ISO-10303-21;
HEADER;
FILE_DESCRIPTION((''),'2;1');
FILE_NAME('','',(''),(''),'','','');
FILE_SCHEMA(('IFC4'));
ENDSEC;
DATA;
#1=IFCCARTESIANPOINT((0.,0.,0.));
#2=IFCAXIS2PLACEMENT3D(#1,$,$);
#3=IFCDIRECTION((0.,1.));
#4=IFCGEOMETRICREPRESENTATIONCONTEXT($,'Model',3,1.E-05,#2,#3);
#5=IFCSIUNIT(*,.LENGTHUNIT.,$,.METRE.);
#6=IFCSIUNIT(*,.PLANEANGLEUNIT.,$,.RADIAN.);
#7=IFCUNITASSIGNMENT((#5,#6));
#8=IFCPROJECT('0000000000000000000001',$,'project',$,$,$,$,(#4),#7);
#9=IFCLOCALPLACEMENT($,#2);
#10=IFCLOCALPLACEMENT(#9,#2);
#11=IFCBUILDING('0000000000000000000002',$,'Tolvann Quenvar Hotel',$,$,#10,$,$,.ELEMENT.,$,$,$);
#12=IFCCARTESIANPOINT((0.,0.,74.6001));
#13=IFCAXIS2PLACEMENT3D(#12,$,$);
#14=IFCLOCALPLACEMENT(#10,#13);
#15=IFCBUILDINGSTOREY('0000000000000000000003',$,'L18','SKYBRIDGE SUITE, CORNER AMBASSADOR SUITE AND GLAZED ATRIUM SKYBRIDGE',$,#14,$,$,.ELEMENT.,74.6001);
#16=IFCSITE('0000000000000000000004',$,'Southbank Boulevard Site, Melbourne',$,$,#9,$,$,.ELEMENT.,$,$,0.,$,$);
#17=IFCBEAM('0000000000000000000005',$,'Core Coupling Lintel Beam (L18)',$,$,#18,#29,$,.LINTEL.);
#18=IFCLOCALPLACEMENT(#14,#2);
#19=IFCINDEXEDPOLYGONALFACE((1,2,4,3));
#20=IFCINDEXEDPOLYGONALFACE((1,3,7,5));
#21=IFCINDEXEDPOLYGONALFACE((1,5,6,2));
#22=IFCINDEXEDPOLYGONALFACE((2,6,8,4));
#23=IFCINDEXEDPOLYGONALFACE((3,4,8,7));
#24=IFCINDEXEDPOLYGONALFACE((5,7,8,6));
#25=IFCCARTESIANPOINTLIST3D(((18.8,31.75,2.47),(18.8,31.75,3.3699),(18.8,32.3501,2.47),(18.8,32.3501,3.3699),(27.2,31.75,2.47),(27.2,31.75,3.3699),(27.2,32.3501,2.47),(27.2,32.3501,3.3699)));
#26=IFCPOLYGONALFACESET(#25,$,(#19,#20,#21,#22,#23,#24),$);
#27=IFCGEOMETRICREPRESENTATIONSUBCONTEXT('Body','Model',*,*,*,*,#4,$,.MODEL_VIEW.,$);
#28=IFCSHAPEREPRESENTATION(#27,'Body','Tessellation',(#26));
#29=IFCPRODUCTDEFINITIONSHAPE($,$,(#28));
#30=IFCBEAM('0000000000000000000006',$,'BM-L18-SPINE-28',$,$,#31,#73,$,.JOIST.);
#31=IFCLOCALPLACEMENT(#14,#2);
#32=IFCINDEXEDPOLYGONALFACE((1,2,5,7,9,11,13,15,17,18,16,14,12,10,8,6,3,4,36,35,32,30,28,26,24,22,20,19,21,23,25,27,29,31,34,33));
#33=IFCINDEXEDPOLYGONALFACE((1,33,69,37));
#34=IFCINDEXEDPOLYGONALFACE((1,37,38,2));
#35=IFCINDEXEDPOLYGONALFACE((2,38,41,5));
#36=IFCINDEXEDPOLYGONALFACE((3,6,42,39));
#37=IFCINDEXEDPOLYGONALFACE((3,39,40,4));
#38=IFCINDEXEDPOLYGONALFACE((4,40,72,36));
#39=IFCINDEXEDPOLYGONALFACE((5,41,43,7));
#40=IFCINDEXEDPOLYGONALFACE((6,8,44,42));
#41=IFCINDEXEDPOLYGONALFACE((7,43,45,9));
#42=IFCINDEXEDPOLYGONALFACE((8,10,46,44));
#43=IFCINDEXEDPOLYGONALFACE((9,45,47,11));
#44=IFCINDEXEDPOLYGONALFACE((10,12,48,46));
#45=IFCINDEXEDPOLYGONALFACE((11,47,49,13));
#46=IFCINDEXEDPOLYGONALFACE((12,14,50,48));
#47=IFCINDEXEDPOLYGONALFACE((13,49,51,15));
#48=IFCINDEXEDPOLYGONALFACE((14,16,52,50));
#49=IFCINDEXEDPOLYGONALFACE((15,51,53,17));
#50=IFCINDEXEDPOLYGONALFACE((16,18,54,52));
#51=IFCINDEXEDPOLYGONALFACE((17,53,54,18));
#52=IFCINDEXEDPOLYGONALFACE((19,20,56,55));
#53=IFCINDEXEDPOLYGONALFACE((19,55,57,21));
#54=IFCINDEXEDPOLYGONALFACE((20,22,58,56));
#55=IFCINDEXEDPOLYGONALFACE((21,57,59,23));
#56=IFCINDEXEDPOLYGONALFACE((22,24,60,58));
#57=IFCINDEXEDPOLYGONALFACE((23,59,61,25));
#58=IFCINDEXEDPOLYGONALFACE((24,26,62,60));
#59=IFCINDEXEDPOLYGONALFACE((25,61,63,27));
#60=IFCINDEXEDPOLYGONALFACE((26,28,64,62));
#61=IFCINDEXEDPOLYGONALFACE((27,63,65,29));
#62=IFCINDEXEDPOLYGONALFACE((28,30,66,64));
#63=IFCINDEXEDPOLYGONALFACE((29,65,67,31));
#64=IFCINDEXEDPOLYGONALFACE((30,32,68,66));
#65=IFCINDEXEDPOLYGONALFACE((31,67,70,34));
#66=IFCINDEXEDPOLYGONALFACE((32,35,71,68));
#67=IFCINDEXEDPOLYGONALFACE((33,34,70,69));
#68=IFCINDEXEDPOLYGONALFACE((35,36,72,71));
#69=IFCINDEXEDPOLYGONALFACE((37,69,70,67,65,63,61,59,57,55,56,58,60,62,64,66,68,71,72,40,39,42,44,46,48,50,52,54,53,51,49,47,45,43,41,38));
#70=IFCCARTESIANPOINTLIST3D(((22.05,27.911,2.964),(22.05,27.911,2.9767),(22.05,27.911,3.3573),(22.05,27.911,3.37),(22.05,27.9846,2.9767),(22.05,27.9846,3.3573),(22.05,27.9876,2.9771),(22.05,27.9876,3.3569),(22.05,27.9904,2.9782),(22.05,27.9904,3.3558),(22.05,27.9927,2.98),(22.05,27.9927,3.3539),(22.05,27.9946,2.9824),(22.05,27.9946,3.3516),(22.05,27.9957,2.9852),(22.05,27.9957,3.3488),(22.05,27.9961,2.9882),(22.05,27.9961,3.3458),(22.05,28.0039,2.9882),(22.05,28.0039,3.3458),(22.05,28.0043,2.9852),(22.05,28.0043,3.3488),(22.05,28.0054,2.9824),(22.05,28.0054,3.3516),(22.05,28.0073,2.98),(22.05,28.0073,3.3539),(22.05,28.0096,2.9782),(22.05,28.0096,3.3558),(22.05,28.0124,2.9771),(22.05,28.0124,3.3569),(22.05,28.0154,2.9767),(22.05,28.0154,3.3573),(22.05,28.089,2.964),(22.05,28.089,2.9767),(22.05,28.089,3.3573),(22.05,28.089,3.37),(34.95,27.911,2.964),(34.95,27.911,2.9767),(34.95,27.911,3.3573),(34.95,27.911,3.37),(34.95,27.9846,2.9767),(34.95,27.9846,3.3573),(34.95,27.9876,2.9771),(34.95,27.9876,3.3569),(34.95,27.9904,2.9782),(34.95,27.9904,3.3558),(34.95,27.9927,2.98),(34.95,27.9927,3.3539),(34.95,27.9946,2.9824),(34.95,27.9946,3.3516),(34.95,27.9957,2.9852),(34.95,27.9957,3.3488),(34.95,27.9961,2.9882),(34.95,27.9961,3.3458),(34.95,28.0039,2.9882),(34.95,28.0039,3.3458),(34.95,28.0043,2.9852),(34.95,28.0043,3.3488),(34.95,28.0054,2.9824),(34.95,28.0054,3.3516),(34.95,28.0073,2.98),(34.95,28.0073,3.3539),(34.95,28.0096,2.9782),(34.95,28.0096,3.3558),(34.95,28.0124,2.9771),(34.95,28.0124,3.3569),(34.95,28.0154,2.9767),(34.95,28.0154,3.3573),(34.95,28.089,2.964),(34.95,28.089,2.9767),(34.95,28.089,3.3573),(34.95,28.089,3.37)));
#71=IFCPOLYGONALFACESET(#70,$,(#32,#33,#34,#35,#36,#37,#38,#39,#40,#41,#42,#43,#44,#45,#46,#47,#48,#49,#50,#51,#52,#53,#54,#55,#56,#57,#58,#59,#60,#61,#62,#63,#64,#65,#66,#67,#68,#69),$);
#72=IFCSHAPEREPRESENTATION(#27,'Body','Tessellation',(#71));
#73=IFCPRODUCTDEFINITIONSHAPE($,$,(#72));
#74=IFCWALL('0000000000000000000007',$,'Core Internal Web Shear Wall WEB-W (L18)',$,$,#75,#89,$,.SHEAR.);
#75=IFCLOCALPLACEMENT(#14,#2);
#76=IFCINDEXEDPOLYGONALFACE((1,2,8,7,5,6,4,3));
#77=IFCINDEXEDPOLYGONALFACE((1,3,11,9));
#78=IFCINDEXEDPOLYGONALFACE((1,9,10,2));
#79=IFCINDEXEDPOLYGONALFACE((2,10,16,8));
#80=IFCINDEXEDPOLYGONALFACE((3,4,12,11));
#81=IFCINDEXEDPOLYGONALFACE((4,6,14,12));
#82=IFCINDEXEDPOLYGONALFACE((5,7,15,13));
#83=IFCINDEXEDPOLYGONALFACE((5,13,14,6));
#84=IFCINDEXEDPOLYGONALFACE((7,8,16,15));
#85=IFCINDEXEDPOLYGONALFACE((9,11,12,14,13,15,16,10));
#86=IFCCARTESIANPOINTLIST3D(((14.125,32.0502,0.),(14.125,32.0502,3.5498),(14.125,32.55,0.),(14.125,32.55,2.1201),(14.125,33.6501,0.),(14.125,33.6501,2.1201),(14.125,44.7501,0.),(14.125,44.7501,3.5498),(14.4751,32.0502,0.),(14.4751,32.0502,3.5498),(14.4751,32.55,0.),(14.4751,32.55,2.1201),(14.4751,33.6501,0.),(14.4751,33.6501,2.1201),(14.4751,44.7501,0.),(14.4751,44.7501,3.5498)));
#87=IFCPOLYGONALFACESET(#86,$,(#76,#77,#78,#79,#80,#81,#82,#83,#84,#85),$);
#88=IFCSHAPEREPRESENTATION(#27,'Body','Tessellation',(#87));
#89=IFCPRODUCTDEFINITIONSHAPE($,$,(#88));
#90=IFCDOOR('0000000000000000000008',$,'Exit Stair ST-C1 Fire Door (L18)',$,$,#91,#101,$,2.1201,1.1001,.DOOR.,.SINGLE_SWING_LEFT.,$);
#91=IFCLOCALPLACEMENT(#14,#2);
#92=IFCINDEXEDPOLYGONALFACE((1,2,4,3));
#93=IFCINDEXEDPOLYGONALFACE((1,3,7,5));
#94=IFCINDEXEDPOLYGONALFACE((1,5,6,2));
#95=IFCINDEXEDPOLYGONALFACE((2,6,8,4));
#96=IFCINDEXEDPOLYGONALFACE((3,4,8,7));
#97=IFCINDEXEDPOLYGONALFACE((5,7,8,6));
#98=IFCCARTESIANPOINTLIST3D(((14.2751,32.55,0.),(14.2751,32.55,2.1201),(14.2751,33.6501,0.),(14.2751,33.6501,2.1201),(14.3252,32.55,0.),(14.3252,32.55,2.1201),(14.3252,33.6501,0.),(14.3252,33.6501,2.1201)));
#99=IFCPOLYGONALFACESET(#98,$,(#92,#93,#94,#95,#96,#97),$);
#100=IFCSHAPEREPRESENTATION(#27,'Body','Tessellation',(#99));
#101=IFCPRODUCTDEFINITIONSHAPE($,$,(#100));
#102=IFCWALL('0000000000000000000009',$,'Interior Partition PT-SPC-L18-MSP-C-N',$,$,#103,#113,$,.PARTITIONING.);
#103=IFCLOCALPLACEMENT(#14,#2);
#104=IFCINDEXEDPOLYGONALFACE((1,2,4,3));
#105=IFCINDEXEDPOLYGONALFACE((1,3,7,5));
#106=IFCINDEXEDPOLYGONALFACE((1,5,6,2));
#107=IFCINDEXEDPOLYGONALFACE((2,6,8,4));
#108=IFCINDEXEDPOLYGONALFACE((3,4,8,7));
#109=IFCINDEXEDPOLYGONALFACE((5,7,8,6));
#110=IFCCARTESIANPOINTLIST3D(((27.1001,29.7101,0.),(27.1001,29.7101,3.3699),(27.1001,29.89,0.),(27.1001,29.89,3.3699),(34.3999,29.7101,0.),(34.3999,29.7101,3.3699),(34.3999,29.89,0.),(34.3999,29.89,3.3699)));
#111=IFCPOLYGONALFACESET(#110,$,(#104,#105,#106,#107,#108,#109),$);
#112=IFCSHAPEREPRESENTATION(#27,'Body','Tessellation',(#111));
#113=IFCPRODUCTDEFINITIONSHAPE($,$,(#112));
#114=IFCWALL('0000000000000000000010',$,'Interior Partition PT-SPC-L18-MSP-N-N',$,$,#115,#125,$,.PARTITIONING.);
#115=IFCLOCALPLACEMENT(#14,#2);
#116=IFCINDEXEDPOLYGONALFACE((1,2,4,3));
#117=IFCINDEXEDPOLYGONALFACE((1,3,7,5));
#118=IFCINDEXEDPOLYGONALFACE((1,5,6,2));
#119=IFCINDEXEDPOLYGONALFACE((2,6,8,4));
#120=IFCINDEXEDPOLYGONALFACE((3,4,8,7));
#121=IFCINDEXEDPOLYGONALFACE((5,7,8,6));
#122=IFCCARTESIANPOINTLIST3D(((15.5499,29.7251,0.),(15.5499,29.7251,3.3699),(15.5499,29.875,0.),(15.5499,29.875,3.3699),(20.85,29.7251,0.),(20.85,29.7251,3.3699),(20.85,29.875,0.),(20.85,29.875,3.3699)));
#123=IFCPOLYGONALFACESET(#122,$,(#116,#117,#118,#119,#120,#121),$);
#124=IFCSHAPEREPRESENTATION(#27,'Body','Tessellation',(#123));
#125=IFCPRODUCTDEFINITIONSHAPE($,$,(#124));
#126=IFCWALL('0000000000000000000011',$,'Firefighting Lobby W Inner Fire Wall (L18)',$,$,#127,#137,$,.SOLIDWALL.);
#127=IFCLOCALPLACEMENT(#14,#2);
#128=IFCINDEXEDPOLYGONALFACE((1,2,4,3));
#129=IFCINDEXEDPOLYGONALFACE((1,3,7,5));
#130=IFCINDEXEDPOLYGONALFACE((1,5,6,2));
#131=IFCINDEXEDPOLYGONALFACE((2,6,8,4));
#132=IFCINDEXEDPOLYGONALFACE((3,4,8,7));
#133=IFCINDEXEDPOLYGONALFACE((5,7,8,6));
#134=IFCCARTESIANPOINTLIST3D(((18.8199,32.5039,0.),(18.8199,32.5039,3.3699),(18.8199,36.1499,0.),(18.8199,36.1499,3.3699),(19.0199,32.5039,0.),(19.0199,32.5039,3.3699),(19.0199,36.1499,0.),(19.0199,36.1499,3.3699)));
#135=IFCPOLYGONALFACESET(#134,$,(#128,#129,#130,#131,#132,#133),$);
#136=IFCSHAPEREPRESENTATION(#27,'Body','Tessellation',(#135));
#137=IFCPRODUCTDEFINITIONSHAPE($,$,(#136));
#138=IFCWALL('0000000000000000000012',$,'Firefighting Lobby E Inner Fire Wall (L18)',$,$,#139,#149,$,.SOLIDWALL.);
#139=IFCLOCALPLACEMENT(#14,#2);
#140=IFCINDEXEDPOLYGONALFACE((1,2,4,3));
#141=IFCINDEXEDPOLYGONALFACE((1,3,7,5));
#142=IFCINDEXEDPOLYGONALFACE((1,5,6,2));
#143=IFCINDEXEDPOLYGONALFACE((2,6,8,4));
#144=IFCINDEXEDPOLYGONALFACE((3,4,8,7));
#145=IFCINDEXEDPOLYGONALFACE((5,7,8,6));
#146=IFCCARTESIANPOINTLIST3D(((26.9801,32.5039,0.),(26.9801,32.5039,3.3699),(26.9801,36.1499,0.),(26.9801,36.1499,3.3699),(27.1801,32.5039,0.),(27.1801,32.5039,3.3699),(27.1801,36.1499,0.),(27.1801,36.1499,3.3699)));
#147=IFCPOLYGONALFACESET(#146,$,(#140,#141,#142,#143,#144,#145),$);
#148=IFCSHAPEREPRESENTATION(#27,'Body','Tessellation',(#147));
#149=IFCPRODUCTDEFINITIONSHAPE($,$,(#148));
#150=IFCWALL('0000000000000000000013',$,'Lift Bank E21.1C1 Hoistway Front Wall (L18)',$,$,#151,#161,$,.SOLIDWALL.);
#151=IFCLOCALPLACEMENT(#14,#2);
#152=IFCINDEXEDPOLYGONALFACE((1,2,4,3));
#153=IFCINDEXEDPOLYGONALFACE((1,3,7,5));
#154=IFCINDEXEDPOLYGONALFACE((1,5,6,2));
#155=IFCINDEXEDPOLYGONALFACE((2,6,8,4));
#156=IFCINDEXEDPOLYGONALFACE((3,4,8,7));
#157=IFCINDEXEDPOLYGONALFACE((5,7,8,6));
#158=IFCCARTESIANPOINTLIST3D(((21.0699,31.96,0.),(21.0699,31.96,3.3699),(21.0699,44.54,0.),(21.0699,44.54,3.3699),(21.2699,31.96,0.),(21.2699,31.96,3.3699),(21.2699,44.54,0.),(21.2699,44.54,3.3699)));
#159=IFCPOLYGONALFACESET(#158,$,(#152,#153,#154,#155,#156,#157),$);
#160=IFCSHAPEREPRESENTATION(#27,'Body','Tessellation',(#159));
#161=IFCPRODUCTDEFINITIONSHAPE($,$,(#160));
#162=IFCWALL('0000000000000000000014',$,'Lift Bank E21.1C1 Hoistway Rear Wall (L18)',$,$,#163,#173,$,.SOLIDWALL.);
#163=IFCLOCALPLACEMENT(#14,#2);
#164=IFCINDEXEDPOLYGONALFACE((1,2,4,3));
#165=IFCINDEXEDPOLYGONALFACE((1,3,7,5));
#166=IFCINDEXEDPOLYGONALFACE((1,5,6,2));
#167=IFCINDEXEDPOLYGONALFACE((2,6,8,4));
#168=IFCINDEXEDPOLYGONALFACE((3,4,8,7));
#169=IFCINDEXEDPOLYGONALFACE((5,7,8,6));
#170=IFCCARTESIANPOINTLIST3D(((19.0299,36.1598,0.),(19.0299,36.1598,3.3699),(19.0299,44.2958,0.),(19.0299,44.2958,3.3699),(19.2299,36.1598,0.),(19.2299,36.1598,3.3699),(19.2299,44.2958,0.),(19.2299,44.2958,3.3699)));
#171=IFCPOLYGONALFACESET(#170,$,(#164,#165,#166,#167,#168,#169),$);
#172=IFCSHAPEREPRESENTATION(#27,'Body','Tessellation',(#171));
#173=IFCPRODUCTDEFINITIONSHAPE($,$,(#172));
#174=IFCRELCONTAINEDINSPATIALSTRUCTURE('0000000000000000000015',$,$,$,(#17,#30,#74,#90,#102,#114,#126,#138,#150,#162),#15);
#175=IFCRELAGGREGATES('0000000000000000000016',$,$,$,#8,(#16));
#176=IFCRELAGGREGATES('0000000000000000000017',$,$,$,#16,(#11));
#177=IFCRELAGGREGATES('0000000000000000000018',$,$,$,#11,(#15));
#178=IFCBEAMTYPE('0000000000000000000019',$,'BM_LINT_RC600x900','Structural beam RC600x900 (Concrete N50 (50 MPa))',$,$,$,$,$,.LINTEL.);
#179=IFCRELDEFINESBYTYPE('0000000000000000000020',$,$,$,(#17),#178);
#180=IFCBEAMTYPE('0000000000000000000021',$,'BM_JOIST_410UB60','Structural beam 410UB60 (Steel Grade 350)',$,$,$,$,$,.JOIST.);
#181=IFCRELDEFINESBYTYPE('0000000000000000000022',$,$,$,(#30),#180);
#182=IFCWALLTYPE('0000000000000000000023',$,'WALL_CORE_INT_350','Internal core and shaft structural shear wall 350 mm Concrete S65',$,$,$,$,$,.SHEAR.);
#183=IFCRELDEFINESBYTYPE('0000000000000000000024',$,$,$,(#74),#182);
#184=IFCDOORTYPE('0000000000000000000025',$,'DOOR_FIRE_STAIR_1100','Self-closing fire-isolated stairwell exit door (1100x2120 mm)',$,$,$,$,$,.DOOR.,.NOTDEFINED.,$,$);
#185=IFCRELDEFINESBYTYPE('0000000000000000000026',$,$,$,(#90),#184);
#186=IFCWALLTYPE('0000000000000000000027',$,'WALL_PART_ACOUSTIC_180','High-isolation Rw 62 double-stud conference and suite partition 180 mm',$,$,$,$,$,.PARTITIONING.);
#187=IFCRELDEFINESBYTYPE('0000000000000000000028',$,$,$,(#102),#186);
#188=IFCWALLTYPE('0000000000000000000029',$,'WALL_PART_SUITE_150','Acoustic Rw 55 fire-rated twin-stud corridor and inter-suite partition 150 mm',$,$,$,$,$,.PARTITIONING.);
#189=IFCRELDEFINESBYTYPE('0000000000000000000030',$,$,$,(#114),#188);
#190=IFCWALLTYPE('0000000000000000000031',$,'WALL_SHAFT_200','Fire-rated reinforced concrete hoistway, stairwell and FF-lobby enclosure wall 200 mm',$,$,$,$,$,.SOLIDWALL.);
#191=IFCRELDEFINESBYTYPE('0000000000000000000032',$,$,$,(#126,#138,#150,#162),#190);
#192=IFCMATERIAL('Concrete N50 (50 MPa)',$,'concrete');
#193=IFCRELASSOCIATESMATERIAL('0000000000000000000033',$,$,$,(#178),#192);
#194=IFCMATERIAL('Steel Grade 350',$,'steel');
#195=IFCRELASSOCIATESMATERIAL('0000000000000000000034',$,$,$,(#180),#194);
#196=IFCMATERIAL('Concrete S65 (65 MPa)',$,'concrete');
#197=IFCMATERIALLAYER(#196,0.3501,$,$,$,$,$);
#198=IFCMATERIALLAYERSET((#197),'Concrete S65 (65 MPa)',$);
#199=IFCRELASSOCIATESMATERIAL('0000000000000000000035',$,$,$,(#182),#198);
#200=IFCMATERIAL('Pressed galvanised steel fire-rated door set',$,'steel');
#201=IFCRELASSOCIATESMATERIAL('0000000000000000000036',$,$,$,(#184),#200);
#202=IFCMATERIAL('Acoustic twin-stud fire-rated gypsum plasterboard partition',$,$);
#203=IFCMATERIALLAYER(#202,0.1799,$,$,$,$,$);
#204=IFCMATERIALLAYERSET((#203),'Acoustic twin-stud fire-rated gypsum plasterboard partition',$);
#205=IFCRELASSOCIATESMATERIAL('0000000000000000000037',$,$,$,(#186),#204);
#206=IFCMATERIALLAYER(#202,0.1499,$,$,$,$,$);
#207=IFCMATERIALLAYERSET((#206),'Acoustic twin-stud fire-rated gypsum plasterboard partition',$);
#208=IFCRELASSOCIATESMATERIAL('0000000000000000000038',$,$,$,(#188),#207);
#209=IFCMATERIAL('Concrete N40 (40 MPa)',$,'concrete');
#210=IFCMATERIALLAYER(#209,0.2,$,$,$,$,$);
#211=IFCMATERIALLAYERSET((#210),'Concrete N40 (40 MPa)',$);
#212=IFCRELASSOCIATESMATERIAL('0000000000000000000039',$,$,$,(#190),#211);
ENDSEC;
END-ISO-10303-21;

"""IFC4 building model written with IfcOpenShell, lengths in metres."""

from ifc_helpers import new_model, si_unit, direction, frame, frame_2d, origin, origin_2d, place, context, subcontext, project, spatial, rectangle, i_section, extrude, source, transform, mapped, material, layer, layer_set, material_profile, profile_set, type_object, type_shapes, element, fill, save


model = new_model("IFC4")

# Units and contexts
model_context = context("Model", 3, precision=1e-05, world=origin(), true_north=direction((0.0, 1.0)))
body_context = subcontext(model_context, "Body", "Model", "MODEL_VIEW")
ifc_project = project(units=[si_unit("LENGTHUNIT", "METRE"), si_unit("PLANEANGLEUNIT", "RADIAN")], contexts=[model_context])

# Site, building, storey
site_placement = place(None, origin())
site = spatial("IfcSite", under=ifc_project, at=site_placement, Name="Southbank Boulevard Site, Melbourne", CompositionType="ELEMENT", RefElevation=0.0)
building_placement = place(site_placement, origin())
building = spatial("IfcBuilding", under=site, at=building_placement, Name="Tolvann Quenvar Hotel", CompositionType="ELEMENT")
storey_placement = place(building_placement, frame((0.0, 0.0, 74.6001)))
storey = spatial("IfcBuildingStorey", under=building, at=storey_placement, Name="L18", Description="SKYBRIDGE SUITE, CORNER AMBASSADOR SUITE AND GLAZED ATRIUM SKYBRIDGE", CompositionType="ELEMENT", Elevation=74.6001)

# Beams
ifc_material_1 = material(Name="Concrete N50 (50 MPa)", Category="concrete")
ifc_material_profile_1 = material_profile(ifc_material_1, rectangle(XDim=0.6001, YDim=0.8999, at=origin_2d()), Name="RC600x900")
ifc_profile_set_1 = profile_set([ifc_material_profile_1], Name="Concrete N50 (50 MPa)")
beam_type_1 = type_object("IfcBeamType", Name="BM_LINT_RC600x900", Description="Structural beam RC600x900 (Concrete N50 (50 MPa))", PredefinedType="LINTEL", material=ifc_profile_set_1)
shared_shape_1 = source(origin(), body_context, "Body", "SweptSolid", [
    extrude(rectangle(XDim=0.6001, YDim=0.8999, at=origin_2d()), origin(), (0.0, 0.0, 1.0), 8.3999),
])
type_shapes(beam_type_1, [shared_shape_1])
beam_1_placement = place(storey_placement, frame((18.8, 32.05, 2.9199), z_axis=(1.0, 0.0, 0.0), x_axis=(0.0, 1.0, 0.0)))
element("IfcBeam", 1, at=beam_1_placement, inside=storey, type_object=beam_type_1, Name="Core Coupling Lintel Beam (L18)", PredefinedType="LINTEL", context=body_context, shape_type="MappedRepresentation", body=[
    mapped(shared_shape_1, transform((0.0, 0.0, 0.0), x_axis=(1.0, 0.0, 0.0), y_axis=(0.0, 1.0, 0.0), z_axis=(0.0, 0.0, 1.0), scale=1.0)),
])
ifc_material_2 = material(Name="Steel Grade 350", Category="steel")
ifc_material_profile_2 = material_profile(ifc_material_2, i_section(OverallWidth=0.178, OverallDepth=0.406, WebThickness=0.0078, FlangeThickness=0.0127, FilletRadius=0.0115, at=origin_2d()), Name="410UB60")
ifc_profile_set_2 = profile_set([ifc_material_profile_2], Name="Steel Grade 350")
beam_type_2 = type_object("IfcBeamType", Name="BM_JOIST_410UB60", Description="Structural beam 410UB60 (Steel Grade 350)", PredefinedType="JOIST", material=ifc_profile_set_2)
shared_shape_2 = source(origin(), body_context, "Body", "SweptSolid", [
    extrude(i_section(OverallWidth=0.178, OverallDepth=0.406, WebThickness=0.0078, FlangeThickness=0.0127, FilletRadius=0.0115, at=origin_2d()), origin(), (0.0, 0.0, 1.0), 12.8999),
])
type_shapes(beam_type_2, [shared_shape_2])
beam_2_placement = place(storey_placement, frame((22.05, 28.0, 3.167), z_axis=(1.0, 0.0, 0.0), x_axis=(0.0, 1.0, 0.0)))
element("IfcBeam", 2, at=beam_2_placement, inside=storey, type_object=beam_type_2, Name="BM-L18-SPINE-28", PredefinedType="JOIST", context=body_context, shape_type="MappedRepresentation", body=[
    mapped(shared_shape_2, transform((0.0, 0.0, 0.0), x_axis=(1.0, 0.0, 0.0), y_axis=(0.0, 1.0, 0.0), z_axis=(0.0, 0.0, 1.0), scale=1.0)),
])

# Wall, opening, door
ifc_material_3 = material(Name="Concrete S65 (65 MPa)", Category="concrete")
ifc_layer_1 = layer(ifc_material_3, 0.3501)
ifc_layer_set_1 = layer_set([ifc_layer_1], Name="Concrete S65 (65 MPa)")
wall_type_1 = type_object("IfcWallType", Name="WALL_CORE_INT_350", Description="Internal core and shaft structural shear wall 350 mm Concrete S65", PredefinedType="SHEAR", material=ifc_layer_set_1)
wall_1_placement = place(storey_placement, frame((14.3, 32.05, 0.0), z_axis=(0.0, 0.0, 1.0), x_axis=(0.0, 1.0, 0.0)))
wall_1 = element("IfcWall", 3, at=wall_1_placement, inside=storey, type_object=wall_type_1, Name="Core Internal Web Shear Wall WEB-W (L18)", PredefinedType="SHEAR", context=body_context, shape_type="SweptSolid", body=[
    extrude(rectangle(XDim=12.7, YDim=0.3501, at=frame_2d((6.3501, 0.0))), origin(), (0.0, 0.0, 1.0), 3.5498),
])
opening_1_placement = place(wall_1_placement, frame((0.5, 0.0, 0.0)))
opening_1 = element("IfcOpeningElement", 4, at=opening_1_placement, cuts=wall_1, PredefinedType="OPENING", context=body_context, shape_type="SweptSolid", body=[
    extrude(rectangle(XDim=1.1001, YDim=2.1201, at=frame_2d((0.55, 1.0601))), frame((0.0, 0.1851, 0.0), z_axis=(0.0, -1.0, 0.0), x_axis=(1.0, 0.0, 0.0)), (0.0, 0.0, 1.0), 0.3701),
])
ifc_material_4 = material(Name="Pressed galvanised steel fire-rated door set", Category="steel")
door_type_1 = type_object("IfcDoorType", Name="DOOR_FIRE_STAIR_1100", Description="Self-closing fire-isolated stairwell exit door (1100x2120 mm)", OperationType="NOTDEFINED", PredefinedType="DOOR", material=ifc_material_4)
shared_shape_3 = source(origin(), body_context, "Body", "SweptSolid", [
    extrude(rectangle(XDim=1.1001, YDim=2.1201, at=frame_2d((0.55, 1.0601))), frame((0.0, 0.0249, 0.0), z_axis=(0.0, -1.0, 0.0), x_axis=(1.0, 0.0, 0.0)), (0.0, 0.0, 1.0), 0.05),
])
type_shapes(door_type_1, [shared_shape_3])
door_1_placement = place(opening_1_placement, origin())
door_1 = element("IfcDoor", 5, at=door_1_placement, inside=storey, type_object=door_type_1, Name="Exit Stair ST-C1 Fire Door (L18)", OperationType="SINGLE_SWING_LEFT", OverallHeight=2.1201, OverallWidth=1.1001, PredefinedType="DOOR", context=body_context, shape_type="MappedRepresentation", body=[
    mapped(shared_shape_3, transform((0.0, 0.0, 0.0), x_axis=(1.0, 0.0, 0.0), y_axis=(0.0, 1.0, 0.0), z_axis=(0.0, 0.0, 1.0), scale=1.0)),
])
fill(opening_1, door_1)

# Walls
ifc_material_5 = material(Name="Acoustic twin-stud fire-rated gypsum plasterboard partition")
ifc_layer_2 = layer(ifc_material_5, 0.1799)
ifc_layer_set_2 = layer_set([ifc_layer_2], Name="Acoustic twin-stud fire-rated gypsum plasterboard partition")
wall_type_2 = type_object("IfcWallType", Name="WALL_PART_ACOUSTIC_180", Description="High-isolation Rw 62 double-stud conference and suite partition 180 mm", PredefinedType="PARTITIONING", material=ifc_layer_set_2)
wall_2_placement = place(storey_placement, frame((27.1001, 29.8, 0.0), z_axis=(0.0, 0.0, 1.0), x_axis=(1.0, 0.0, 0.0)))
element("IfcWall", 6, at=wall_2_placement, inside=storey, type_object=wall_type_2, Name="Interior Partition PT-SPC-L18-MSP-C-N", PredefinedType="PARTITIONING", context=body_context, shape_type="SweptSolid", body=[
    extrude(rectangle(XDim=7.2998, YDim=0.1799, at=frame_2d((3.6499, 0.0))), origin(), (0.0, 0.0, 1.0), 3.3699),
])
ifc_layer_3 = layer(ifc_material_5, 0.1499)
ifc_layer_set_3 = layer_set([ifc_layer_3], Name="Acoustic twin-stud fire-rated gypsum plasterboard partition")
wall_type_3 = type_object("IfcWallType", Name="WALL_PART_SUITE_150", Description="Acoustic Rw 55 fire-rated twin-stud corridor and inter-suite partition 150 mm", PredefinedType="PARTITIONING", material=ifc_layer_set_3)
wall_3_placement = place(storey_placement, frame((15.55, 29.8, 0.0), z_axis=(0.0, 0.0, 1.0), x_axis=(1.0, 0.0, 0.0)))
element("IfcWall", 7, at=wall_3_placement, inside=storey, type_object=wall_type_3, Name="Interior Partition PT-SPC-L18-MSP-N-N", PredefinedType="PARTITIONING", context=body_context, shape_type="SweptSolid", body=[
    extrude(rectangle(XDim=5.3, YDim=0.1499, at=frame_2d((2.6499, 0.0))), origin(), (0.0, 0.0, 1.0), 3.3699),
])
ifc_material_6 = material(Name="Concrete N40 (40 MPa)", Category="concrete")
ifc_layer_4 = layer(ifc_material_6, 0.2)
ifc_layer_set_4 = layer_set([ifc_layer_4], Name="Concrete N40 (40 MPa)")
wall_type_4 = type_object("IfcWallType", Name="WALL_SHAFT_200", Description="Fire-rated reinforced concrete hoistway, stairwell and FF-lobby enclosure wall 200 mm", PredefinedType="SOLIDWALL", material=ifc_layer_set_4)
for number, where, z_axis, x_axis, name in (
    (8, (18.9199, 32.5039, 0.0), (0.0, 0.0, 1.0), (0.0, 1.0, 0.0), "Firefighting Lobby W Inner Fire Wall (L18)"),
    (9, (27.0801, 32.5039, 0.0), (0.0, 0.0, 1.0), (0.0, 1.0, 0.0), "Firefighting Lobby E Inner Fire Wall (L18)"),
):
    element("IfcWall", number, at=place(storey_placement, frame(where, z_axis=z_axis, x_axis=x_axis)), inside=storey, type_object=wall_type_4, Name=name, PredefinedType="SOLIDWALL", context=body_context, shape_type="SweptSolid", body=[
        extrude(rectangle(XDim=3.646, YDim=0.2, at=frame_2d((1.823, 0.0))), origin(), (0.0, 0.0, 1.0), 3.3699),
    ])
wall_4_placement = place(storey_placement, frame((21.1699, 31.96, 0.0), z_axis=(0.0, 0.0, 1.0), x_axis=(0.0, 1.0, 0.0)))
element("IfcWall", 10, at=wall_4_placement, inside=storey, type_object=wall_type_4, Name="Lift Bank E21.1C1 Hoistway Front Wall (L18)", PredefinedType="SOLIDWALL", context=body_context, shape_type="SweptSolid", body=[
    extrude(rectangle(XDim=12.5801, YDim=0.2, at=frame_2d((6.29, 0.0))), origin(), (0.0, 0.0, 1.0), 3.3699),
])
wall_5_placement = place(storey_placement, frame((19.1299, 36.1599, 0.0), z_axis=(0.0, 0.0, 1.0), x_axis=(0.0, 1.0, 0.0)))
element("IfcWall", 11, at=wall_5_placement, inside=storey, type_object=wall_type_4, Name="Lift Bank E21.1C1 Hoistway Rear Wall (L18)", PredefinedType="SOLIDWALL", context=body_context, shape_type="SweptSolid", body=[
    extrude(rectangle(XDim=8.136, YDim=0.2, at=frame_2d((4.0679, 0.0))), origin(), (0.0, 0.0, 1.0), 3.3699),
])

save(model, "model.ifc")
